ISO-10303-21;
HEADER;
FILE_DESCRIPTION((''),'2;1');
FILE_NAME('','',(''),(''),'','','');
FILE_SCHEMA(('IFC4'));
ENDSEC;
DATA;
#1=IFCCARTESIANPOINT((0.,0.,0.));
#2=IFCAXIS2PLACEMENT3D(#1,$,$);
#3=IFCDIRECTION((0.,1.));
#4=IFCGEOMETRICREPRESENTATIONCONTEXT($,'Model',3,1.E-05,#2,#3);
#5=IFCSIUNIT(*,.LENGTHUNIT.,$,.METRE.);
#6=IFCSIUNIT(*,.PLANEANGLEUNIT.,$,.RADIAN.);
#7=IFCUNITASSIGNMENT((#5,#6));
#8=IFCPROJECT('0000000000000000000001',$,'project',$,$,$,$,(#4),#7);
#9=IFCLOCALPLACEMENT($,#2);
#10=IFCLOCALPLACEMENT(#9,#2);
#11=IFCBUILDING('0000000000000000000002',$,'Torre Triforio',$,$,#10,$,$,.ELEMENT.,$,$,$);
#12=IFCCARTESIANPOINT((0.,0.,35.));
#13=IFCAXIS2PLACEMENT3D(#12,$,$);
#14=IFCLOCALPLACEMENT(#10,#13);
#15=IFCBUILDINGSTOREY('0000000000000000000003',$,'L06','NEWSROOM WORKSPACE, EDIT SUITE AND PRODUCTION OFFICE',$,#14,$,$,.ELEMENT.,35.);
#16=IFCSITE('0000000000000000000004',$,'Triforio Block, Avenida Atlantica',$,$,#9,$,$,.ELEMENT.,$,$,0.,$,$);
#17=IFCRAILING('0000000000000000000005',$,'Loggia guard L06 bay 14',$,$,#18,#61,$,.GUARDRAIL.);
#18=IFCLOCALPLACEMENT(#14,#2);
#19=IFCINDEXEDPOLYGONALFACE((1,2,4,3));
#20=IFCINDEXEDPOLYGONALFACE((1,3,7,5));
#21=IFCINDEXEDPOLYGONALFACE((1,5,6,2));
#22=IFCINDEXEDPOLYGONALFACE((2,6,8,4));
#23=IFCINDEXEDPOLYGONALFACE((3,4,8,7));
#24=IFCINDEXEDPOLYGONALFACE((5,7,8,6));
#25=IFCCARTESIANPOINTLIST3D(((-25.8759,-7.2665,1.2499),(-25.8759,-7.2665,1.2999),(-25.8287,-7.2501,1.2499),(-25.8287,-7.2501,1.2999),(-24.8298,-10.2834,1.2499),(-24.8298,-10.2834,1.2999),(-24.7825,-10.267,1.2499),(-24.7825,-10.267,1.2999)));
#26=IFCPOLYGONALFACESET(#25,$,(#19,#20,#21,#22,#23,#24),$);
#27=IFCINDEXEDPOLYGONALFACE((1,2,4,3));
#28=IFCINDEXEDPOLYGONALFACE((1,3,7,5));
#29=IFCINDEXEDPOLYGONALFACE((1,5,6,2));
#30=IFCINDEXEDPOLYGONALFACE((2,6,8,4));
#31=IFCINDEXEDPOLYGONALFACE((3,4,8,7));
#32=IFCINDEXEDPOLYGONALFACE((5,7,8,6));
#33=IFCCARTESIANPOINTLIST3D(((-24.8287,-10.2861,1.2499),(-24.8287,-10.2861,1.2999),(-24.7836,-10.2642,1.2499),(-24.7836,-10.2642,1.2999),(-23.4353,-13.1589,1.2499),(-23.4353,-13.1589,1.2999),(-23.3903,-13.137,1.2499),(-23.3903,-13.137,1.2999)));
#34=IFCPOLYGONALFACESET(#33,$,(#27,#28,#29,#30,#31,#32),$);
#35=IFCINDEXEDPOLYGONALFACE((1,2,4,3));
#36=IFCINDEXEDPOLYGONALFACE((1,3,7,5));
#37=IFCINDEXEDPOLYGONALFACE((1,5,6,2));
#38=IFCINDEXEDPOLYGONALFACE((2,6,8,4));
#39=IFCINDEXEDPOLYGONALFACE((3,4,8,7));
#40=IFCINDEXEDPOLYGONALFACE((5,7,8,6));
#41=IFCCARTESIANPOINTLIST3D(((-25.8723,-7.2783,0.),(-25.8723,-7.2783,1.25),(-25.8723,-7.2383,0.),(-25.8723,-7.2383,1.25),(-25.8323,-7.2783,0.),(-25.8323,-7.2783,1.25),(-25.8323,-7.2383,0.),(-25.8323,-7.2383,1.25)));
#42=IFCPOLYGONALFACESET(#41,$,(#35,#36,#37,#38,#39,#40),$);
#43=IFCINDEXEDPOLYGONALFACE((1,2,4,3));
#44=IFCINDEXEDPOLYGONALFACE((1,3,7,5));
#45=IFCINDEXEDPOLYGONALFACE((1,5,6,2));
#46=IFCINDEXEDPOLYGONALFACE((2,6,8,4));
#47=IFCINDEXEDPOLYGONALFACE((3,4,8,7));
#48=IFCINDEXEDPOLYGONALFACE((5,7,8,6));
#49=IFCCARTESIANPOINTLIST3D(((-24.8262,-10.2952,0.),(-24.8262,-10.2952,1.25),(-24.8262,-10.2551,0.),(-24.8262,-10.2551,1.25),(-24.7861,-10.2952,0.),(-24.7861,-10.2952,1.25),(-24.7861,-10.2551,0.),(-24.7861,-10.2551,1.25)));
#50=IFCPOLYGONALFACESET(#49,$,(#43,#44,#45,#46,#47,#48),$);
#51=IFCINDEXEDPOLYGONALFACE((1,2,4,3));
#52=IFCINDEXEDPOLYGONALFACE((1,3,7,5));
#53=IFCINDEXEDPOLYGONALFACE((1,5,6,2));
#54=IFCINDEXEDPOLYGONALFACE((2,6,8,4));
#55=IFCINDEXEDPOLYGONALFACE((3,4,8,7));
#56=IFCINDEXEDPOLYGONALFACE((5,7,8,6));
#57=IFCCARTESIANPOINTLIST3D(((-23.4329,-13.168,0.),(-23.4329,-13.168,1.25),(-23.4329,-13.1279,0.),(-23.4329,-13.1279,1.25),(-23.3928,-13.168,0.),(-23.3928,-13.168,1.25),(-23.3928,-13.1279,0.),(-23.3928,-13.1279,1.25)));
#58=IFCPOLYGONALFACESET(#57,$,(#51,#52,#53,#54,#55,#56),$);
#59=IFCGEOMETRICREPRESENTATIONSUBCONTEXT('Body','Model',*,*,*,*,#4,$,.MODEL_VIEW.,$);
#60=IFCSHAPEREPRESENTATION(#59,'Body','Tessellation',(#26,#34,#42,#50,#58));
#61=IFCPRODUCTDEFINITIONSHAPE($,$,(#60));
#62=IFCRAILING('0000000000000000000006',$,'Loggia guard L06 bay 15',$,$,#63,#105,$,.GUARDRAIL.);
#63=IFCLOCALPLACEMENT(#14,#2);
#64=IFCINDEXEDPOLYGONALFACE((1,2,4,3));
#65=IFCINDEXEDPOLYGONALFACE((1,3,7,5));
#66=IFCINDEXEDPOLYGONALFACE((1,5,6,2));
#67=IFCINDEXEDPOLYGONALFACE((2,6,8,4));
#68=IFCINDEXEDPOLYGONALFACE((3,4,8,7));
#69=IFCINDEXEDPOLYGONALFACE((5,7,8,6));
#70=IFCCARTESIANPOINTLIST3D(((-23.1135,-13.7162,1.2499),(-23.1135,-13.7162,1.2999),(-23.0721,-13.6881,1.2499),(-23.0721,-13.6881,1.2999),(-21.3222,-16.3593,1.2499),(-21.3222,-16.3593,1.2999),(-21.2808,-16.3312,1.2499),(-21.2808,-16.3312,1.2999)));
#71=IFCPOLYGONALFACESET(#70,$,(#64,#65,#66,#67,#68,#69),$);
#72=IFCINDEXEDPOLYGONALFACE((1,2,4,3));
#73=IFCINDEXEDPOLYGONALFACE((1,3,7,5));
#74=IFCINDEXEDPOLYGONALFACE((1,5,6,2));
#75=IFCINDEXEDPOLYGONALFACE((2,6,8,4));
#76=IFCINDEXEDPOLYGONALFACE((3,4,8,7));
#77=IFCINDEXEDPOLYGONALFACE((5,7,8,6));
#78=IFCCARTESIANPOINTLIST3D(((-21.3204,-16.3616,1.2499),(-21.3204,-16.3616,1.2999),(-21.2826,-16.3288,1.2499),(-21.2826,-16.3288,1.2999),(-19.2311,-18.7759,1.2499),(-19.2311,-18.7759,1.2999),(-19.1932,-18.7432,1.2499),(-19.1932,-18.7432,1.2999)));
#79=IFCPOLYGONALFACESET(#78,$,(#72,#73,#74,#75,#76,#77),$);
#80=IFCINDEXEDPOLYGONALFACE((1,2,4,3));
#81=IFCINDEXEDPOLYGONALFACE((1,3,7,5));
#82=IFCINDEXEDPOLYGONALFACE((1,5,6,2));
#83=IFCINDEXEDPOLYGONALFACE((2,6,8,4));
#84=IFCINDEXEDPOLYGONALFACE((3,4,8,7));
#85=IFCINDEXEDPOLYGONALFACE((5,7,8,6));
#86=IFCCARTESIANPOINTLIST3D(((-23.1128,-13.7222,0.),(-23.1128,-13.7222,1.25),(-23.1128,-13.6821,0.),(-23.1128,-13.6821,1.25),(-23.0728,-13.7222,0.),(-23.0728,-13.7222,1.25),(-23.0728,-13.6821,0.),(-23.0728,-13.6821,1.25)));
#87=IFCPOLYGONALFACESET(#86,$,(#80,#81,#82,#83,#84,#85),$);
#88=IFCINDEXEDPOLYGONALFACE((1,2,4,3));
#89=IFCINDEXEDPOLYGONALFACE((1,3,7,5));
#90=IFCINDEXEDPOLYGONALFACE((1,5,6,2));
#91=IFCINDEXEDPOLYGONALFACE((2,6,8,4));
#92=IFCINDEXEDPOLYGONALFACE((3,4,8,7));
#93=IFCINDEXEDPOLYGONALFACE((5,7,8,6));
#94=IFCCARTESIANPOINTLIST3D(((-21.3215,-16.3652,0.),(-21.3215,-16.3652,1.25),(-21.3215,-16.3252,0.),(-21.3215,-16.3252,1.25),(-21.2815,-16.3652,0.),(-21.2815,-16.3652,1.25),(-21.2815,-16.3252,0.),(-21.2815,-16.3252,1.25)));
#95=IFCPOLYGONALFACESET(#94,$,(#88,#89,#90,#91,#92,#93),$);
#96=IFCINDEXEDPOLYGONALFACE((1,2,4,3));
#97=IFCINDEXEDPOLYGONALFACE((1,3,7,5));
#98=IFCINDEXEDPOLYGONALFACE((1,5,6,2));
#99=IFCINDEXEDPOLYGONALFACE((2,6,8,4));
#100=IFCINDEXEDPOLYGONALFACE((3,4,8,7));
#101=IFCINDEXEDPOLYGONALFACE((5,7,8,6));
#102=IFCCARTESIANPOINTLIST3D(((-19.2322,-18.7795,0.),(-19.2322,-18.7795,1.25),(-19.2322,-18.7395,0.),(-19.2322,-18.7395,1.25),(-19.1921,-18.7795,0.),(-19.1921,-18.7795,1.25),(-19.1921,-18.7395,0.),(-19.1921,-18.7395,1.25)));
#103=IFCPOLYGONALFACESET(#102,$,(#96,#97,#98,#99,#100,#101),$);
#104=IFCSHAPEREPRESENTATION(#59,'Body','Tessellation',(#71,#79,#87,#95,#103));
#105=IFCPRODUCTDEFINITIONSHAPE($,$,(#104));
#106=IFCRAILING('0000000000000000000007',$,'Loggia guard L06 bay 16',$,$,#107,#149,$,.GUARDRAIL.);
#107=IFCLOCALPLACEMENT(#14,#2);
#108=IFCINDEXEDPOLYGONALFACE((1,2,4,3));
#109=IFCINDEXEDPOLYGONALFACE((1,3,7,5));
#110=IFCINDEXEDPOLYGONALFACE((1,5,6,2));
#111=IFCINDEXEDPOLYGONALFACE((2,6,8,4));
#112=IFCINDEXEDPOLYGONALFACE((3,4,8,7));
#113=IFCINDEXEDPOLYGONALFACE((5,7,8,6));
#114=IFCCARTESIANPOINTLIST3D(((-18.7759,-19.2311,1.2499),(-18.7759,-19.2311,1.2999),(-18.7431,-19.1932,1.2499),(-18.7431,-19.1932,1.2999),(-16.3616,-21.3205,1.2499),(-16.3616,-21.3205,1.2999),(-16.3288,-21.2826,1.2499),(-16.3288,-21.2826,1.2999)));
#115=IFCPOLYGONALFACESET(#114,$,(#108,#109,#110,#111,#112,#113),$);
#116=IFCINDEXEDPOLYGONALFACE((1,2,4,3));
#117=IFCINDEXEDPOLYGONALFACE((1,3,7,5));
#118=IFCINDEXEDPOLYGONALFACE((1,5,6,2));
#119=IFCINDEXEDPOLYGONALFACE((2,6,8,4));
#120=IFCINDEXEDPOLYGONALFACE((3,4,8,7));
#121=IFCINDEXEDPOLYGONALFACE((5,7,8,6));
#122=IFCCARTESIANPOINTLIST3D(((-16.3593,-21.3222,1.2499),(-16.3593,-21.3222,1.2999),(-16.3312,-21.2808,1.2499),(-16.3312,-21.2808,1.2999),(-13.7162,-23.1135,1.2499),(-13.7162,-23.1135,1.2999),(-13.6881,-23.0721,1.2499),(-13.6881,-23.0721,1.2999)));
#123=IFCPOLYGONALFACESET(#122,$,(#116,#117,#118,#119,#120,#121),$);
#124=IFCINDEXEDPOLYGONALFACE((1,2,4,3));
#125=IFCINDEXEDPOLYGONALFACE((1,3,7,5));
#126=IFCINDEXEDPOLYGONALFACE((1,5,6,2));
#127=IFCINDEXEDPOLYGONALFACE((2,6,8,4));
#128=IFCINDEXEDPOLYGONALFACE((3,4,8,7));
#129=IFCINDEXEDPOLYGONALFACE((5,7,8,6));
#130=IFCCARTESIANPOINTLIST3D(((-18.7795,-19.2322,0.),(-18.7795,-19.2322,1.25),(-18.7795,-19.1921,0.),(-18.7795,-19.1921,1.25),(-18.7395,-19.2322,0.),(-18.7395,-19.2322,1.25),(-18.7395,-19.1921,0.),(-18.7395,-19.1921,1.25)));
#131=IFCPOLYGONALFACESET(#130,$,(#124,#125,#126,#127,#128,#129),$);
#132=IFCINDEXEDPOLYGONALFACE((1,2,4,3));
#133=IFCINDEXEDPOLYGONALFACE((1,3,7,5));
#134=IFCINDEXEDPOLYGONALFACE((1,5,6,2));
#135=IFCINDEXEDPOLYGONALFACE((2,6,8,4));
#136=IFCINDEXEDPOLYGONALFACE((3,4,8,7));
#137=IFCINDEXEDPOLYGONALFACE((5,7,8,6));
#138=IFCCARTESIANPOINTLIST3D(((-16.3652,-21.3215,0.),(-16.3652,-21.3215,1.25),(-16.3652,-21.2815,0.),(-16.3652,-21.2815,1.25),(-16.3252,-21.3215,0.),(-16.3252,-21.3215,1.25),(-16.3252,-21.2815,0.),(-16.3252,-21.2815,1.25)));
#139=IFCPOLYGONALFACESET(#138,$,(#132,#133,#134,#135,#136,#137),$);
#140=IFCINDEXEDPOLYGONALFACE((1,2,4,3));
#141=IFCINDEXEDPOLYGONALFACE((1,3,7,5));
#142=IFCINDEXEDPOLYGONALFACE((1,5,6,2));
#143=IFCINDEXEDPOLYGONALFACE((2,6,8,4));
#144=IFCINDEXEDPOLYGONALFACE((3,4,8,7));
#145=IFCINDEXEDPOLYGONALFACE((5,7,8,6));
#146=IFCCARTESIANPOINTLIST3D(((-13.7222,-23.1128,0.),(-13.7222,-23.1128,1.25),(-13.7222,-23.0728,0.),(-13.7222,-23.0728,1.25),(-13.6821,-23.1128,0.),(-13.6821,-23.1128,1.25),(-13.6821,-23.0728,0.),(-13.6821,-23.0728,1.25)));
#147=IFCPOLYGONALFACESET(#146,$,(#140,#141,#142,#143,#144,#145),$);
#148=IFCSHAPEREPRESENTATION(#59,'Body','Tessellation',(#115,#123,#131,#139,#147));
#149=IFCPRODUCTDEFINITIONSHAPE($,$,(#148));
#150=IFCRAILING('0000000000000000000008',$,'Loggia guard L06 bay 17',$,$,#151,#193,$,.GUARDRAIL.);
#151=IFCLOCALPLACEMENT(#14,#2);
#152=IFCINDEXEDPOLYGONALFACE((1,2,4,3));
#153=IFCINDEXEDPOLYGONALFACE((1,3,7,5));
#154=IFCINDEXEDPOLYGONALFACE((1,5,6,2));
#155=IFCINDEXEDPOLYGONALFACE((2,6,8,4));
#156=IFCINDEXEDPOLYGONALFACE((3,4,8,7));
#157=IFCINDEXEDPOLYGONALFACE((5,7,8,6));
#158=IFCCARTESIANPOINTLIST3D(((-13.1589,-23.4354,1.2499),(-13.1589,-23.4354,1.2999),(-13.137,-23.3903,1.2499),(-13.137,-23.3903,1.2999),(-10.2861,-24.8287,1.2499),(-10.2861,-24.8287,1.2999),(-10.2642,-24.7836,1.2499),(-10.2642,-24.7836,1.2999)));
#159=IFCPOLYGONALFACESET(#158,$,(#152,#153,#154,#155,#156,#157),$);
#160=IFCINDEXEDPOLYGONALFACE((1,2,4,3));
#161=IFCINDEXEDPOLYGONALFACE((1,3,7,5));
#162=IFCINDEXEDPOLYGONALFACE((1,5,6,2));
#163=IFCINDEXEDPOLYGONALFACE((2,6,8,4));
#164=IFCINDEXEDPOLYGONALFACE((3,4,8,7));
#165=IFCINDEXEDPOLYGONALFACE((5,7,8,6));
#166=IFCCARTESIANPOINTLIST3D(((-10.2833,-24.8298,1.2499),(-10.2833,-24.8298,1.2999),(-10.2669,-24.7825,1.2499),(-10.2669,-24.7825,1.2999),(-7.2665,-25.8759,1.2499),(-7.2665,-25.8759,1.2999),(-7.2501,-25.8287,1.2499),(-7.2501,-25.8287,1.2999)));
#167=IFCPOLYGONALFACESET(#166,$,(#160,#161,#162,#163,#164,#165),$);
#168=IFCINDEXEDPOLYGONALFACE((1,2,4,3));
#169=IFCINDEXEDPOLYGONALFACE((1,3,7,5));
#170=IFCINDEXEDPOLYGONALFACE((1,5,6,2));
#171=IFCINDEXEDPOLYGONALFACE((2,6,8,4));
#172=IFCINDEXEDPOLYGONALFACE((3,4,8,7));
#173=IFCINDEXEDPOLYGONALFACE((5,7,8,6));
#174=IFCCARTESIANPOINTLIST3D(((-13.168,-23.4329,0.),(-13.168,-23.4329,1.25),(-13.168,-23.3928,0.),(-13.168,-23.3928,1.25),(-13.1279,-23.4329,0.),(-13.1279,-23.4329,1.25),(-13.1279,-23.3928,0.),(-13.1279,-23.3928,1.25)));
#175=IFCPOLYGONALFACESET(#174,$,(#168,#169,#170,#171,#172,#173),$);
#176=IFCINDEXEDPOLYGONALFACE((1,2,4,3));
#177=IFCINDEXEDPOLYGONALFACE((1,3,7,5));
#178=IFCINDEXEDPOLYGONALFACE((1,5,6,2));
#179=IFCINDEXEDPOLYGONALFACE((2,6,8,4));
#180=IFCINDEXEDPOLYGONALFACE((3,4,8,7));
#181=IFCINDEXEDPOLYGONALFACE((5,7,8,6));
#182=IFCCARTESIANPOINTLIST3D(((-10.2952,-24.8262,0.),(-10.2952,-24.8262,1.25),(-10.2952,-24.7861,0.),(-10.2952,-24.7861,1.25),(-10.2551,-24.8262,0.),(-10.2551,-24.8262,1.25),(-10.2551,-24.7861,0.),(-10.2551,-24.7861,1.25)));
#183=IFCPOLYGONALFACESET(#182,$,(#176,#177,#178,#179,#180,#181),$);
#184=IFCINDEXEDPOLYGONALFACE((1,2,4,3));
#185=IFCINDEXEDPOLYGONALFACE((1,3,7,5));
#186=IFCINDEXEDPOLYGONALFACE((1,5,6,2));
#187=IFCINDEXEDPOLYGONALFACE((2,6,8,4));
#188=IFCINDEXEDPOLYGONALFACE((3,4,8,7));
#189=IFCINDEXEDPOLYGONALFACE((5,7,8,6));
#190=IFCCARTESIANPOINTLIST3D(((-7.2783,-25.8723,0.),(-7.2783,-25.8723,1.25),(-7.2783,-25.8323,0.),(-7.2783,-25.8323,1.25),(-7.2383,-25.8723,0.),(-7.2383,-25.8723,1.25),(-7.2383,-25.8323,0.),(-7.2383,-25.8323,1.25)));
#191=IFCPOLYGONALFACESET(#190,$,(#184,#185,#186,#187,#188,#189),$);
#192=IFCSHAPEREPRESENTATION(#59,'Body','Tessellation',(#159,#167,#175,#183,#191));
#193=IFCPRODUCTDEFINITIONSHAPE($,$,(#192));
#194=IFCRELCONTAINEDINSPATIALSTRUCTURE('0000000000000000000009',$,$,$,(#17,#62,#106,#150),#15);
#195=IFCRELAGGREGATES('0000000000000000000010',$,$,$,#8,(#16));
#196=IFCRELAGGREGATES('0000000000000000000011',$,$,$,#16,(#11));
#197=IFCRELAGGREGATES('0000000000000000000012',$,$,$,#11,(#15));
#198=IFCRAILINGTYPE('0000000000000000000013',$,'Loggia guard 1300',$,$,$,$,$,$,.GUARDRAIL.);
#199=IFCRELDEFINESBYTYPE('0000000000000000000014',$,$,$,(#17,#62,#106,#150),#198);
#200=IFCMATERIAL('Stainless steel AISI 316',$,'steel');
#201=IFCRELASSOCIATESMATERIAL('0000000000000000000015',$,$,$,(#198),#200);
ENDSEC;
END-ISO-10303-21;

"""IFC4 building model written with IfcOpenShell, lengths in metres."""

from ifc_helpers import new_model, si_unit, direction, frame, origin, origin_2d, place, context, subcontext, project, spatial, rectangle, extrude, material, type_object, element, save


model = new_model("IFC4")

# Units and contexts
model_context = context("Model", 3, precision=1e-05, world=origin(), true_north=direction((0.0, 1.0)))
body_context = subcontext(model_context, "Body", "Model", "MODEL_VIEW")
ifc_project = project(units=[si_unit("LENGTHUNIT", "METRE"), si_unit("PLANEANGLEUNIT", "RADIAN")], contexts=[model_context])

# Site, building, storey
site_placement = place(None, origin())
site = spatial("IfcSite", under=ifc_project, at=site_placement, Name="Triforio Block, Avenida Atlantica", CompositionType="ELEMENT", RefElevation=0.0)
building_placement = place(site_placement, origin())
building = spatial("IfcBuilding", under=site, at=building_placement, Name="Torre Triforio", CompositionType="ELEMENT")
storey_placement = place(building_placement, frame((0.0, 0.0, 35.0)))
storey = spatial("IfcBuildingStorey", under=building, at=storey_placement, Name="L06", Description="NEWSROOM WORKSPACE, EDIT SUITE AND PRODUCTION OFFICE", CompositionType="ELEMENT", Elevation=35.0)

# Railings
ifc_material_1 = material(Name="Stainless steel AISI 316", Category="steel")
railing_type = type_object("IfcRailingType", Name="Loggia guard 1300", PredefinedType="GUARDRAIL", material=ifc_material_1)
railing_1_placement = place(storey_placement, frame((-25.8523, -7.2583, 0.0)))
element("IfcRailing", 1, at=railing_1_placement, inside=storey, type_object=railing_type, Name="Loggia guard L06 bay 14", PredefinedType="GUARDRAIL", context=body_context, shape_type="SweptSolid", body=[
    extrude(rectangle(XDim=0.05, YDim=0.05, at=origin_2d()), frame((0.0, 0.0, 1.2749), z_axis=(0.327628, -0.944807, 0.0), x_axis=(0.944807, 0.327628, 0.0)), (0.0, 0.0, 1.0), 3.1931),
    extrude(rectangle(XDim=0.05, YDim=0.05, at=origin_2d()), frame((1.0461, -3.0168, 1.2749), z_axis=(0.436384, -0.89976, 0.0), x_axis=(0.89976, 0.436384, 0.0)), (0.0, 0.0, 1.0), 3.1929),
    extrude(rectangle(XDim=0.04, YDim=0.04, at=origin_2d()), origin(), (0.0, 0.0, 1.0), 1.25),
    extrude(rectangle(XDim=0.04, YDim=0.04, at=origin_2d()), frame((1.0461, -3.0168, 0.0)), (0.0, 0.0, 1.0), 1.25),
    extrude(rectangle(XDim=0.04, YDim=0.04, at=origin_2d()), frame((2.4395, -5.8896, 0.0)), (0.0, 0.0, 1.0), 1.25),
])
railing_2_placement = place(storey_placement, frame((-23.0928, -13.7021, 0.0)))
element("IfcRailing", 2, at=railing_2_placement, inside=storey, type_object=railing_type, Name="Loggia guard L06 bay 15", PredefinedType="GUARDRAIL", context=body_context, shape_type="SweptSolid", body=[
    extrude(rectangle(XDim=0.05, YDim=0.05, at=origin_2d()), frame((0.0, 0.0, 1.2749), z_axis=(0.561019, -0.827803, 0.0), x_axis=(0.827803, 0.561019, 0.0)), (0.0, 0.0, 1.0), 3.1929),
    extrude(rectangle(XDim=0.05, YDim=0.05, at=origin_2d()), frame((1.7913, -2.6431, 1.2749), z_axis=(0.654386, -0.756161, 0.0), x_axis=(0.756161, 0.654386, 0.0)), (0.0, 0.0, 1.0), 3.1929),
    extrude(rectangle(XDim=0.04, YDim=0.04, at=origin_2d()), origin(), (0.0, 0.0, 1.0), 1.25),
    extrude(rectangle(XDim=0.04, YDim=0.04, at=origin_2d()), frame((1.7913, -2.6431, 0.0)), (0.0, 0.0, 1.0), 1.25),
    extrude(rectangle(XDim=0.04, YDim=0.04, at=origin_2d()), frame((3.8806, -5.0574, 0.0)), (0.0, 0.0, 1.0), 1.25),
])
railing_3_placement = place(storey_placement, frame((-18.7595, -19.2122, 0.0)))
element("IfcRailing", 3, at=railing_3_placement, inside=storey, type_object=railing_type, Name="Loggia guard L06 bay 16", PredefinedType="GUARDRAIL", context=body_context, shape_type="SweptSolid", body=[
    extrude(rectangle(XDim=0.05, YDim=0.05, at=origin_2d()), frame((0.0, 0.0, 1.2749), z_axis=(0.756161, -0.654386, 0.0), x_axis=(0.654386, 0.756161, 0.0)), (0.0, 0.0, 1.0), 3.1929),
    extrude(rectangle(XDim=0.05, YDim=0.05, at=origin_2d()), frame((2.4143, -2.0894, 1.2749), z_axis=(0.827803, -0.561019, 0.0), x_axis=(0.561019, 0.827803, 0.0)), (0.0, 0.0, 1.0), 3.1929),
    extrude(rectangle(XDim=0.04, YDim=0.04, at=origin_2d()), origin(), (0.0, 0.0, 1.0), 1.25),
    extrude(rectangle(XDim=0.04, YDim=0.04, at=origin_2d()), frame((2.4143, -2.0894, 0.0)), (0.0, 0.0, 1.0), 1.25),
    extrude(rectangle(XDim=0.04, YDim=0.04, at=origin_2d()), frame((5.0574, -3.8806, 0.0)), (0.0, 0.0, 1.0), 1.25),
])
railing_4_placement = place(storey_placement, frame((-13.1479, -23.4128, 0.0)))
element("IfcRailing", 4, at=railing_4_placement, inside=storey, type_object=railing_type, Name="Loggia guard L06 bay 17", PredefinedType="GUARDRAIL", context=body_context, shape_type="SweptSolid", body=[
    extrude(rectangle(XDim=0.05, YDim=0.05, at=origin_2d()), frame((0.0, 0.0, 1.2749), z_axis=(0.89976, -0.436384, 0.0), x_axis=(0.436384, 0.89976, 0.0)), (0.0, 0.0, 1.0), 3.1929),
    extrude(rectangle(XDim=0.05, YDim=0.05, at=origin_2d()), frame((2.8728, -1.3933, 1.2749), z_axis=(0.944807, -0.327628, 0.0), x_axis=(0.327628, 0.944807, 0.0)), (0.0, 0.0, 1.0), 3.1931),
    extrude(rectangle(XDim=0.04, YDim=0.04, at=origin_2d()), origin(), (0.0, 0.0, 1.0), 1.25),
    extrude(rectangle(XDim=0.04, YDim=0.04, at=origin_2d()), frame((2.8728, -1.3933, 0.0)), (0.0, 0.0, 1.0), 1.25),
    extrude(rectangle(XDim=0.04, YDim=0.04, at=origin_2d()), frame((5.8896, -2.4395, 0.0)), (0.0, 0.0, 1.0), 1.25),
])

save(model, "model.ifc")
